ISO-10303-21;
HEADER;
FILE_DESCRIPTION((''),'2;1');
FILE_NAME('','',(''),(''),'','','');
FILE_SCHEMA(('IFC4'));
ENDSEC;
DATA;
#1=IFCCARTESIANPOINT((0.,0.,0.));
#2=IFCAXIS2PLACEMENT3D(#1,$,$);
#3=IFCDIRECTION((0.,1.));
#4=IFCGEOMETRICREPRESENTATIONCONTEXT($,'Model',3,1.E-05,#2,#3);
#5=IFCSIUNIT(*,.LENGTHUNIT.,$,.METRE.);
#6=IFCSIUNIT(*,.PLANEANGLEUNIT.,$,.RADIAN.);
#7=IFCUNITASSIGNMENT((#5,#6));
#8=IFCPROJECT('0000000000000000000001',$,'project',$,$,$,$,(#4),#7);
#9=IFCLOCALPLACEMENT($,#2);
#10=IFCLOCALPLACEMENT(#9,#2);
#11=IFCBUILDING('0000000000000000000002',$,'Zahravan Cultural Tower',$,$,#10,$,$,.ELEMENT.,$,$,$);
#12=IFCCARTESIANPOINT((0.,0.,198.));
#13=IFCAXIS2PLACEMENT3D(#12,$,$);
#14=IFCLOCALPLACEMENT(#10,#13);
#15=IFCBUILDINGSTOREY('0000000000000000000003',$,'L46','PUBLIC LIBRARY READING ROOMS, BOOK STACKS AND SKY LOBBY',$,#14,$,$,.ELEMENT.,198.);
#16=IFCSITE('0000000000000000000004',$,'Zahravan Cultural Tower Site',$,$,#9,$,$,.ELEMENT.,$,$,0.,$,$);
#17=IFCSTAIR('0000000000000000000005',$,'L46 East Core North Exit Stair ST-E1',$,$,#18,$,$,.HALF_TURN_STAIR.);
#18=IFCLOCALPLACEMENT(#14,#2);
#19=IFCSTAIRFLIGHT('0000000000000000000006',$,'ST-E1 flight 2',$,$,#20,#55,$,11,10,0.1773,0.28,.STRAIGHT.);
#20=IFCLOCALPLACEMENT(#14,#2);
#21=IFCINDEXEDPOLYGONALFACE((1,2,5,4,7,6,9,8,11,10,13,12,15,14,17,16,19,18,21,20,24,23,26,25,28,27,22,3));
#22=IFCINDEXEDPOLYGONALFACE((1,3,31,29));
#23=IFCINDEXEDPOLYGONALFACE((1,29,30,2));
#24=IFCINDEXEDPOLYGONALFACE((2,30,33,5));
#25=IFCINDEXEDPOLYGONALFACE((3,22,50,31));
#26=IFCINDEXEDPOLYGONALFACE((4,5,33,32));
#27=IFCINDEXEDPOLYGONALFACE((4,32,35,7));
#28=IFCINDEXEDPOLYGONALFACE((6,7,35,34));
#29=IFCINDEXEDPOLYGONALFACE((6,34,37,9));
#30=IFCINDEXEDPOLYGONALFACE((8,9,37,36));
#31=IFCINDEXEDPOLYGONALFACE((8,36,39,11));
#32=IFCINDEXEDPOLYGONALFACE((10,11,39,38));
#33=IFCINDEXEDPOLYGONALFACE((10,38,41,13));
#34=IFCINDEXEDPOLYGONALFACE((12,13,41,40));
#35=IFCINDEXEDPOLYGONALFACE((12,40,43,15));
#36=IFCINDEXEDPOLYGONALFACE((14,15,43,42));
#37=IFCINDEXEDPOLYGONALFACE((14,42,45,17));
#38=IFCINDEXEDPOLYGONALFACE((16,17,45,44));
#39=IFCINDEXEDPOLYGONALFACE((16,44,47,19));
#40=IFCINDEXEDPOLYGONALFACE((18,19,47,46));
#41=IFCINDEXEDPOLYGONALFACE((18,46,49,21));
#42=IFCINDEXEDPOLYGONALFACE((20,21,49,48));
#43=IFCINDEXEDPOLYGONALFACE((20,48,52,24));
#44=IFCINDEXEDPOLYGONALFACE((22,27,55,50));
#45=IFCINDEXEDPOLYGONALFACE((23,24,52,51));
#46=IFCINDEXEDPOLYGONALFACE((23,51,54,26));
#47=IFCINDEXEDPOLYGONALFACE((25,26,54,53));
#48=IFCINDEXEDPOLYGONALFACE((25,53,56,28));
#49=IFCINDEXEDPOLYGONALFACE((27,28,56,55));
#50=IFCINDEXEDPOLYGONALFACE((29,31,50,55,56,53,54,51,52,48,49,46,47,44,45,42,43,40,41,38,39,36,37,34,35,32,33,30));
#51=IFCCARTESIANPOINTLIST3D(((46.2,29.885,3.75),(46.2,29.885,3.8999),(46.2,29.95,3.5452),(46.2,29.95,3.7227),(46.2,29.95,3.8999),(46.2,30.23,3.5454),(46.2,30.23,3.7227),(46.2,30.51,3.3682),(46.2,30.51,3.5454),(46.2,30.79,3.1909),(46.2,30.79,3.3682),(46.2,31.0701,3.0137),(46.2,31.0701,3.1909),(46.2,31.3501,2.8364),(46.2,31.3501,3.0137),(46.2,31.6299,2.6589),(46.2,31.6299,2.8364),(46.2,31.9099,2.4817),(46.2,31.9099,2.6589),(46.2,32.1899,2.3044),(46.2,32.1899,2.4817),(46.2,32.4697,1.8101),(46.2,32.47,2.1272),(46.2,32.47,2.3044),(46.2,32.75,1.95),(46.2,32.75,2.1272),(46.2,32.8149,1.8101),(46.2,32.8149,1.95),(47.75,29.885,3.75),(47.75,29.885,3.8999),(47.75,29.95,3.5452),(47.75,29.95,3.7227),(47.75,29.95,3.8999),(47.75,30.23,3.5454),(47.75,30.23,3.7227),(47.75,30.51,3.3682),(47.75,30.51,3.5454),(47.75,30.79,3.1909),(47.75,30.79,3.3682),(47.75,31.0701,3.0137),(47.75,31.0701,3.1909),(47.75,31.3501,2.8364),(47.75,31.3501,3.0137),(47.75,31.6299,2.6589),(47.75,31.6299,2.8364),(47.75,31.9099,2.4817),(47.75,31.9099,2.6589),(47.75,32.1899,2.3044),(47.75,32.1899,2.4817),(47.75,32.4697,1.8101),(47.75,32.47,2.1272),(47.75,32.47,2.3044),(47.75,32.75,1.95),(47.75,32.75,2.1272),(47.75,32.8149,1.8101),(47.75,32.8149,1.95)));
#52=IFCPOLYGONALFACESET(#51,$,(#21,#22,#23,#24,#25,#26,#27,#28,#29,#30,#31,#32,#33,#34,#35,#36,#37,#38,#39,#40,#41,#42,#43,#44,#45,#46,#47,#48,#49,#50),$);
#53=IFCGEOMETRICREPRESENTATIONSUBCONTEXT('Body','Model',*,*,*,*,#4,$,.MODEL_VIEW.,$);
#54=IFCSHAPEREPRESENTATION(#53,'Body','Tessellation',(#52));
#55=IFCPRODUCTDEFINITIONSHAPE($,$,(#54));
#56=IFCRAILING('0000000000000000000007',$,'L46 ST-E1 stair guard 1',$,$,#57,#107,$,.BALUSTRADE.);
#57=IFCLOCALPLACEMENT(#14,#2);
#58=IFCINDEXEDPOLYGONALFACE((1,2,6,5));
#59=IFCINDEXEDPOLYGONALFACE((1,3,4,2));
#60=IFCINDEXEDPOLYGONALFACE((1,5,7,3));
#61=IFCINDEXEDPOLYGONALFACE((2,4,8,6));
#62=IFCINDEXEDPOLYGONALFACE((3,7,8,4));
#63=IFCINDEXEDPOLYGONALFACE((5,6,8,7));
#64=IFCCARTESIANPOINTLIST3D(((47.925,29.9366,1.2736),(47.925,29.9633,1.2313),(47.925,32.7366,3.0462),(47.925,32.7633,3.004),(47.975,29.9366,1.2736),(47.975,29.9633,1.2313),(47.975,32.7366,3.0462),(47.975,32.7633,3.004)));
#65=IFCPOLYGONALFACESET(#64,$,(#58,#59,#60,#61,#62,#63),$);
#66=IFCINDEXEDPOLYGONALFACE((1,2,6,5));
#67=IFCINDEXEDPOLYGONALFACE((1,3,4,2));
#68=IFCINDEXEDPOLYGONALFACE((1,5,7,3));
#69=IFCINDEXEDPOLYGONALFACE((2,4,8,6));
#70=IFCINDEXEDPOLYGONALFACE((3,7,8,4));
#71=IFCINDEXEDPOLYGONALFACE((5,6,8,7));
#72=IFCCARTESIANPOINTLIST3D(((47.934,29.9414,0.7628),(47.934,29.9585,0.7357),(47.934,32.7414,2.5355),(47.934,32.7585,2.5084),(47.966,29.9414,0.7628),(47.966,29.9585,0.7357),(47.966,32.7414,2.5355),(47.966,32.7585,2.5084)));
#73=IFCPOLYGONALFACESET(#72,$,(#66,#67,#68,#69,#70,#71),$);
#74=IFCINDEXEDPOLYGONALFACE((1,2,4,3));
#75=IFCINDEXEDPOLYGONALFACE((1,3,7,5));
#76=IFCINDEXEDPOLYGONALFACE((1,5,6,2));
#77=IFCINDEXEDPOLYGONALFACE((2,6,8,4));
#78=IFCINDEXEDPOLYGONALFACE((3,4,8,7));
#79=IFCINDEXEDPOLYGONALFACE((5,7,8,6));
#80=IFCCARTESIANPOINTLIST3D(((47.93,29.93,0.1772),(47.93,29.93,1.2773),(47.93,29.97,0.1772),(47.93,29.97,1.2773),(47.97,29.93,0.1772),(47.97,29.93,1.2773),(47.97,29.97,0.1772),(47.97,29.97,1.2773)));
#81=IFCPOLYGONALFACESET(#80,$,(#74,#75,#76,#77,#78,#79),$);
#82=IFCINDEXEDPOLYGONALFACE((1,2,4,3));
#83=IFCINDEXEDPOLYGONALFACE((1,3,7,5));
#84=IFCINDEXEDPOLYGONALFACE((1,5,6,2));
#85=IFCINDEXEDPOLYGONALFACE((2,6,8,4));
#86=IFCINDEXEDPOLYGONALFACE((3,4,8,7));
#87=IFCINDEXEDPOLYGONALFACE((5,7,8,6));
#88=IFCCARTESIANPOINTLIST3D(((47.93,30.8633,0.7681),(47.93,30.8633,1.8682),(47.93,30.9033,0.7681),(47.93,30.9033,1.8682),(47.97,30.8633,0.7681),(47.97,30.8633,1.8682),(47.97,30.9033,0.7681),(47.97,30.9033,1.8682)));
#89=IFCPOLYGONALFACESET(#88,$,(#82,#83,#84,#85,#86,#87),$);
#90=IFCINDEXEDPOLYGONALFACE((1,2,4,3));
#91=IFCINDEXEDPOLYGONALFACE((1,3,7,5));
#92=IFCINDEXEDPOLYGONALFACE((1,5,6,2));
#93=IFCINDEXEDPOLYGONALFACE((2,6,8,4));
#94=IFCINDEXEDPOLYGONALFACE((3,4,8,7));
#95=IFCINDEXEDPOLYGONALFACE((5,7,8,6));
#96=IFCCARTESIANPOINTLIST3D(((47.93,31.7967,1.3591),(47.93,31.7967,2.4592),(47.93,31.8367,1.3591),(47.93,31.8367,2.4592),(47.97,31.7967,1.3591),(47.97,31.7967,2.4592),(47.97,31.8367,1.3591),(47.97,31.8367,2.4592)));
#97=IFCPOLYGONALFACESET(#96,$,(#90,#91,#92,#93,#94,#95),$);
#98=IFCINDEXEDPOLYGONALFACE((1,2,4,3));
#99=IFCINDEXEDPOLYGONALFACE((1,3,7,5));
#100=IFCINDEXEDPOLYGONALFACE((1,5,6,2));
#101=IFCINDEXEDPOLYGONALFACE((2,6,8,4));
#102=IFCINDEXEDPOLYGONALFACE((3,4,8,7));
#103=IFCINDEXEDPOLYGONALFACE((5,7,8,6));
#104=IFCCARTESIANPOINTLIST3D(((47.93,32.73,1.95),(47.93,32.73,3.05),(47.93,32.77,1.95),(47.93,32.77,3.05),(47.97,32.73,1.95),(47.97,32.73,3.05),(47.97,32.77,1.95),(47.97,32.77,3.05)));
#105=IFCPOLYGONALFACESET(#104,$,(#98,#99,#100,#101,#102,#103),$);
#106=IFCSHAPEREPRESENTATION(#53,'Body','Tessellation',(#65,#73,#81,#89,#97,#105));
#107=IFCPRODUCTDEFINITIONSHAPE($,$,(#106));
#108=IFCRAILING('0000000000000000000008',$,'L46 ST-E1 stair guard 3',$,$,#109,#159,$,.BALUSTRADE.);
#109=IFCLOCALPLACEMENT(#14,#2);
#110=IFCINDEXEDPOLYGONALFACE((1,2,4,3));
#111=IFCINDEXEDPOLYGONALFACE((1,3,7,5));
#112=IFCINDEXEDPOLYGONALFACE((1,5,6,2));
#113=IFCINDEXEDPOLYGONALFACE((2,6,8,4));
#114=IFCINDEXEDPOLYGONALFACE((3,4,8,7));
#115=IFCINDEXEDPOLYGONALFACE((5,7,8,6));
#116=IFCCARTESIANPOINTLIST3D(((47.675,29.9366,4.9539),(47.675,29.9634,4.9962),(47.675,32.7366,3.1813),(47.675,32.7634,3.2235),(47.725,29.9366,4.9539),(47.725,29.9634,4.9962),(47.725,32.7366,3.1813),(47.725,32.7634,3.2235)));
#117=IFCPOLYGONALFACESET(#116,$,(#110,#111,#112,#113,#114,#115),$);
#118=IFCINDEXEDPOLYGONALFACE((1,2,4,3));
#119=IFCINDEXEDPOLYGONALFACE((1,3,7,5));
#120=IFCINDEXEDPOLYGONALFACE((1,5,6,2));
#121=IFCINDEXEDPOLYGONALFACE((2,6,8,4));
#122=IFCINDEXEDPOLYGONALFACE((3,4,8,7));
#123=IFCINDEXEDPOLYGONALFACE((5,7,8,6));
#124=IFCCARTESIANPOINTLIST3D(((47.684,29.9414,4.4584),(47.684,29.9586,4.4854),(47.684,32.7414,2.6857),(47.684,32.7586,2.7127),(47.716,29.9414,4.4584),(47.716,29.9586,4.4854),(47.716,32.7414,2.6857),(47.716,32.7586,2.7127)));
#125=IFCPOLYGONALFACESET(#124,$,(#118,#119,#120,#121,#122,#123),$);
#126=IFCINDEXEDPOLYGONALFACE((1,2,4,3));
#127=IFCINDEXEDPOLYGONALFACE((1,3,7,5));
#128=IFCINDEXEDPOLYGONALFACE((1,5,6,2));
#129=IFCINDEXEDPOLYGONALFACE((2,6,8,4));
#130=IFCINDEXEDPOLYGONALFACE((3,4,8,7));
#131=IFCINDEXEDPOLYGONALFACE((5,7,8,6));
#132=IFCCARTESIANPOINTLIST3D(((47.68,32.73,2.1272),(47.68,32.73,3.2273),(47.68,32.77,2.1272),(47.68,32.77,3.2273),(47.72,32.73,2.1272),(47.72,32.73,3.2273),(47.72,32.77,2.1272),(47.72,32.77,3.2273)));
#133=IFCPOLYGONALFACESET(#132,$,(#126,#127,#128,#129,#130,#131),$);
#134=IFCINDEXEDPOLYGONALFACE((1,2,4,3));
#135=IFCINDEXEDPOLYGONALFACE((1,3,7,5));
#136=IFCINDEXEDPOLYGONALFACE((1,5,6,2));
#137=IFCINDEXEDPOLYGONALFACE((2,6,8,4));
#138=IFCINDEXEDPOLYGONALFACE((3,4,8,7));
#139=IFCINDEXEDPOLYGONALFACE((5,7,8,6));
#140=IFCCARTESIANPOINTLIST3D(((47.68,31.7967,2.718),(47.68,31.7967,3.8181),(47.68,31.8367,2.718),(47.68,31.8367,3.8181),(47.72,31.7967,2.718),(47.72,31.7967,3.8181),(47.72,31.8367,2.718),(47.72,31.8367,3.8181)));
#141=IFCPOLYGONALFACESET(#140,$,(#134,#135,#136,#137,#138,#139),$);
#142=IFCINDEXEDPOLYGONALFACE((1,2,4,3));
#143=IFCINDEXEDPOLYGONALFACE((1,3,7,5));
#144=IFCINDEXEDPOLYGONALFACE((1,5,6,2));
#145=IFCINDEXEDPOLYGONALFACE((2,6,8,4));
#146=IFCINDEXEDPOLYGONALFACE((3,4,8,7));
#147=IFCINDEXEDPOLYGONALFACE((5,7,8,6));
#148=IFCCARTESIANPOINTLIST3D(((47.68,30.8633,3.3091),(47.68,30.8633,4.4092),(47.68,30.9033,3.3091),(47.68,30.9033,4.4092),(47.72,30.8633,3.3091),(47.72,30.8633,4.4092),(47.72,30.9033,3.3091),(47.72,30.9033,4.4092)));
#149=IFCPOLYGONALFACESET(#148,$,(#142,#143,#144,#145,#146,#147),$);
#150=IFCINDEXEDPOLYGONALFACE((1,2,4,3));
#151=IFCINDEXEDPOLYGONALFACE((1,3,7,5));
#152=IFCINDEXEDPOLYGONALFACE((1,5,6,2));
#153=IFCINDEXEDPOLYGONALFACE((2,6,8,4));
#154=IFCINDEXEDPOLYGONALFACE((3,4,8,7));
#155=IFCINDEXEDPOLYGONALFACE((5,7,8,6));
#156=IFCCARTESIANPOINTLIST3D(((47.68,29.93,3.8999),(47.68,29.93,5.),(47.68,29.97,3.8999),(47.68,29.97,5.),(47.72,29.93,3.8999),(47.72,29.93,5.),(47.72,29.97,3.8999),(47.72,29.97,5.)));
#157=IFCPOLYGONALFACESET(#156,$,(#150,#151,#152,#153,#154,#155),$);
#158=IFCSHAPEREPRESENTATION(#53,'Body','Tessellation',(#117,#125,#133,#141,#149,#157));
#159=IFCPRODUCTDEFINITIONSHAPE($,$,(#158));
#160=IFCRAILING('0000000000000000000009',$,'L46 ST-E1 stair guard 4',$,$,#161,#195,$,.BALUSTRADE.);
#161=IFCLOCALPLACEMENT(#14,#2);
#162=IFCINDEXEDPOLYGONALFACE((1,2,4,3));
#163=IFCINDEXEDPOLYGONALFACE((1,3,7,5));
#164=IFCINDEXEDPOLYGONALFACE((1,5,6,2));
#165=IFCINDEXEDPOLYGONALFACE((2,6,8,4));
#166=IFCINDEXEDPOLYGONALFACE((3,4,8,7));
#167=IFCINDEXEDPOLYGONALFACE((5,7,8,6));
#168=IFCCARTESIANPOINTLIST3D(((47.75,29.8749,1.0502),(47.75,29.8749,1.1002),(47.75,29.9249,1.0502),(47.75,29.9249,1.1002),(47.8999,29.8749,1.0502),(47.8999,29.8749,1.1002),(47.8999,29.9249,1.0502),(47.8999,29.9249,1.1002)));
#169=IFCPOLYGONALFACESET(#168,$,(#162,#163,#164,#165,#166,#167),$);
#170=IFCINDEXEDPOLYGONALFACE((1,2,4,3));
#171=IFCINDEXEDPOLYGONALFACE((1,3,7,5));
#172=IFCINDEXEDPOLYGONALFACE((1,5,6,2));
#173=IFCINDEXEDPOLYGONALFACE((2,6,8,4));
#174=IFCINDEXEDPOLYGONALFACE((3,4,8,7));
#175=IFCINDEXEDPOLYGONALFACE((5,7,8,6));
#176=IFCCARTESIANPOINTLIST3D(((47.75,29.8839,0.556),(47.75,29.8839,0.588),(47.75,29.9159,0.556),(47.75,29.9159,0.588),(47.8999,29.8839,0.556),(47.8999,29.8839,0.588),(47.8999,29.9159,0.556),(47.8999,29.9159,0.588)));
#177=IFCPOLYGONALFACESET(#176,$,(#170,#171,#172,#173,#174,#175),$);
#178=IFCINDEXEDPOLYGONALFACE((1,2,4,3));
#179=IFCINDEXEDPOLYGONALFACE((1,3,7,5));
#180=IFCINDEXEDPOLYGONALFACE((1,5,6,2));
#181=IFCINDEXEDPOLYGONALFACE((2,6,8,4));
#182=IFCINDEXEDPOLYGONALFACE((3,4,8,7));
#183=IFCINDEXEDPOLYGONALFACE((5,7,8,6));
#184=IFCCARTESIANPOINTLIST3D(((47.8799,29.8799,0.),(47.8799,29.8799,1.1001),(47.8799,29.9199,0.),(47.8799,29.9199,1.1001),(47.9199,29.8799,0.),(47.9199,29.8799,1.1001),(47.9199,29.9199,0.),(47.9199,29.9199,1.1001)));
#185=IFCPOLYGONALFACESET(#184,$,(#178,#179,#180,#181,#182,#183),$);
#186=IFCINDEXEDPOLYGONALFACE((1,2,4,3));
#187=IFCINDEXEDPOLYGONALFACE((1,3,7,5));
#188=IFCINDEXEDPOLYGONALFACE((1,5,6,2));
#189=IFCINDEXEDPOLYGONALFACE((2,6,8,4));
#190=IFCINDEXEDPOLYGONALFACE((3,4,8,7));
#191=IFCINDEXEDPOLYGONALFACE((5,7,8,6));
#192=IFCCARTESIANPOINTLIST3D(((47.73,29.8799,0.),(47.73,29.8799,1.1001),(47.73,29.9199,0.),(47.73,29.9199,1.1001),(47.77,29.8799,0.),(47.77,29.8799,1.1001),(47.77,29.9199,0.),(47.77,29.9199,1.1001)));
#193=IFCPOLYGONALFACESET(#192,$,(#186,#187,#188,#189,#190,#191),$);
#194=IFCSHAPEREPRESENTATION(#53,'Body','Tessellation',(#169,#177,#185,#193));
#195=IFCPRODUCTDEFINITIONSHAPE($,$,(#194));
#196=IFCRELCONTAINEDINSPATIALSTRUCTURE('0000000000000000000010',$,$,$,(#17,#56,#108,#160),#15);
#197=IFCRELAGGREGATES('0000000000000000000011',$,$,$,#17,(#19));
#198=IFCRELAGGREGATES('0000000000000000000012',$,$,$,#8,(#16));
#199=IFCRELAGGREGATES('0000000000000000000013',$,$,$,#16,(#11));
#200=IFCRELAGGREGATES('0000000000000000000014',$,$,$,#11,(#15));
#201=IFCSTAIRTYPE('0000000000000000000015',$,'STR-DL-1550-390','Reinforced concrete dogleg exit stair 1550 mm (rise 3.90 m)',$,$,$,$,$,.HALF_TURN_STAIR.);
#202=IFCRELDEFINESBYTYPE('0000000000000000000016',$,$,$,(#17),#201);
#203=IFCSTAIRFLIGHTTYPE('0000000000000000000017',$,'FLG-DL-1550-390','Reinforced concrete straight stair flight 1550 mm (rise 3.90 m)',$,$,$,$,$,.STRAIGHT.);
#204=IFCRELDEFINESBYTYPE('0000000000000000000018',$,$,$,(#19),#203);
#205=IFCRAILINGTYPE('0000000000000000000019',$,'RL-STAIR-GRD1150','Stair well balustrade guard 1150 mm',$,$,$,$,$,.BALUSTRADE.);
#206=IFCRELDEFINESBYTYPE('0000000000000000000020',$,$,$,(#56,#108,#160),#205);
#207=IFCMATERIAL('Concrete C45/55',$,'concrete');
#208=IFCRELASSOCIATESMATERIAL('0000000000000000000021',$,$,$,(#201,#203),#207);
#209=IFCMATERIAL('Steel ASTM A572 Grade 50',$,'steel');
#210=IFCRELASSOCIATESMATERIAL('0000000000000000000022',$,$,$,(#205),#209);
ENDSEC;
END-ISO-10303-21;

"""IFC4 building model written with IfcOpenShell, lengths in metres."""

from ifc_helpers import new_model, si_unit, direction, frame, origin, origin_2d, place, context, subcontext, project, spatial, polyline, rectangle, outline, extrude, material, type_object, element, aggregate, save


model = new_model("IFC4")

# Units and contexts
model_context = context("Model", 3, precision=1e-05, world=origin(), true_north=direction((0.0, 1.0)))
body_context = subcontext(model_context, "Body", "Model", "MODEL_VIEW")
ifc_project = project(units=[si_unit("LENGTHUNIT", "METRE"), si_unit("PLANEANGLEUNIT", "RADIAN")], contexts=[model_context])

# Site, building, storey
site_placement = place(None, origin())
site = spatial("IfcSite", under=ifc_project, at=site_placement, Name="Zahravan Cultural Tower Site", CompositionType="ELEMENT", RefElevation=0.0)
building_placement = place(site_placement, origin())
building = spatial("IfcBuilding", under=site, at=building_placement, Name="Zahravan Cultural Tower", CompositionType="ELEMENT")
storey_placement = place(building_placement, frame((0.0, 0.0, 198.0)))
storey = spatial("IfcBuildingStorey", under=building, at=storey_placement, Name="L46", Description="PUBLIC LIBRARY READING ROOMS, BOOK STACKS AND SKY LOBBY", CompositionType="ELEMENT", Elevation=198.0)

# Shared definitions
ifc_material_1 = material(Name="Steel ASTM A572 Grade 50", Category="steel")
ifc_material_2 = material(Name="Concrete C45/55", Category="concrete")

# Stair, stair flight
stair_type = type_object("IfcStairType", Name="STR-DL-1550-390", Description="Reinforced concrete dogleg exit stair 1550 mm (rise 3.90 m)", PredefinedType="HALF_TURN_STAIR", material=ifc_material_2)
stair_placement = place(storey_placement, origin())
stair = element("IfcStair", 1, at=stair_placement, inside=storey, type_object=stair_type, Name="L46 East Core North Exit Stair ST-E1", PredefinedType="HALF_TURN_STAIR")
stair_flight_type = type_object("IfcStairFlightType", Name="FLG-DL-1550-390", Description="Reinforced concrete straight stair flight 1550 mm (rise 3.90 m)", PredefinedType="STRAIGHT", material=ifc_material_2)
stair_flight_1_placement = place(storey_placement, frame((46.9751, 32.75, 1.95), z_axis=(0.0, 0.0, 1.0), x_axis=(0.0, -1.0, 0.0)))
stair_flight_1 = element("IfcStairFlight", 2, at=stair_flight_1_placement, type_object=stair_flight_type, Name="ST-E1 flight 2", NumberOfRisers=11, NumberOfTreads=10, PredefinedType="STRAIGHT", RiserHeight=0.1773, TreadLength=0.28, context=body_context, shape_type="SweptSolid", body=[
    extrude(outline(polyline([(-0.0649, -0.1399), (-0.0649, 0.0), (0.0, 0.0), (0.0, 0.1772), (0.28, 0.1772), (0.28, 0.3545), (0.5601, 0.3545), (0.5601, 0.5317), (0.8401, 0.5317), (0.8401, 0.709), (1.1201, 0.709), (1.1201, 0.8865), (1.3999, 0.8865), (1.3999, 1.0637), (1.6799, 1.0637), (1.6799, 1.241), (1.96, 1.241), (1.96, 1.4182), (2.24, 1.4182), (2.24, 1.5955), (2.52, 1.5955), (2.52, 1.7727), (2.8, 1.7727), (2.8, 1.95), (2.865, 1.95), (2.865, 1.8), (2.8, 1.5952), (0.2803, -0.1399), (-0.0649, -0.1399)])), frame((0.0, 0.7749, 0.0), z_axis=(0.0, -1.0, 0.0), x_axis=(1.0, 0.0, 0.0)), (0.0, 0.0, 1.0), 1.55),
])
aggregate(stair, [stair_flight_1])

# Railings
railing_type_1 = type_object("IfcRailingType", Name="RL-STAIR-GRD1150", Description="Stair well balustrade guard 1150 mm", PredefinedType="BALUSTRADE", material=ifc_material_1)
railing_1_placement = place(storey_placement, frame((47.95, 29.95, 0.1772)))
element("IfcRailing", 3, at=railing_1_placement, inside=storey, type_object=railing_type_1, Name="L46 ST-E1 stair guard 1", PredefinedType="BALUSTRADE", context=body_context, shape_type="SweptSolid", body=[
    extrude(rectangle(XDim=0.05, YDim=0.05, at=origin_2d()), frame((0.0, 0.0, 1.0752), z_axis=(0.0, 0.844909, 0.53491), x_axis=(-1.0, 0.0, 0.0)), (0.0, 0.0, 1.0), 3.314),
    extrude(rectangle(XDim=0.032, YDim=0.032, at=origin_2d()), frame((0.0, 0.0, 0.572), z_axis=(0.0, 0.844909, 0.53491), x_axis=(-1.0, 0.0, 0.0)), (0.0, 0.0, 1.0), 3.314),
    extrude(rectangle(XDim=0.04, YDim=0.04, at=origin_2d()), origin(), (0.0, 0.0, 1.0), 1.1001),
    extrude(rectangle(XDim=0.04, YDim=0.04, at=origin_2d()), frame((0.0, 0.9333, 0.5908)), (0.0, 0.0, 1.0), 1.1001),
    extrude(rectangle(XDim=0.04, YDim=0.04, at=origin_2d()), frame((0.0, 1.8667, 1.1819)), (0.0, 0.0, 1.0), 1.1001),
    extrude(rectangle(XDim=0.04, YDim=0.04, at=origin_2d()), frame((0.0, 2.8, 1.7727)), (0.0, 0.0, 1.0), 1.1001),
])
railing_2_placement = place(storey_placement, frame((47.7, 32.75, 2.1272)))
element("IfcRailing", 4, at=railing_2_placement, inside=storey, type_object=railing_type_1, Name="L46 ST-E1 stair guard 3", PredefinedType="BALUSTRADE", context=body_context, shape_type="SweptSolid", body=[
    extrude(rectangle(XDim=0.05, YDim=0.05, at=origin_2d()), frame((0.0, 0.0, 1.0752), z_axis=(0.0, -0.844909, 0.53491), x_axis=(1.0, 0.0, 0.0)), (0.0, 0.0, 1.0), 3.314),
    extrude(rectangle(XDim=0.032, YDim=0.032, at=origin_2d()), frame((0.0, 0.0, 0.572), z_axis=(0.0, -0.844909, 0.53491), x_axis=(1.0, 0.0, 0.0)), (0.0, 0.0, 1.0), 3.314),
    extrude(rectangle(XDim=0.04, YDim=0.04, at=origin_2d()), origin(), (0.0, 0.0, 1.0), 1.1001),
    extrude(rectangle(XDim=0.04, YDim=0.04, at=origin_2d()), frame((0.0, -0.9333, 0.5908)), (0.0, 0.0, 1.0), 1.1001),
    extrude(rectangle(XDim=0.04, YDim=0.04, at=origin_2d()), frame((0.0, -1.8667, 1.1819)), (0.0, 0.0, 1.0), 1.1001),
    extrude(rectangle(XDim=0.04, YDim=0.04, at=origin_2d()), frame((0.0, -2.8, 1.7727)), (0.0, 0.0, 1.0), 1.1001),
])
railing_3_placement = place(storey_placement, frame((47.8999, 29.8999, 0.0)))
element("IfcRailing", 5, at=railing_3_placement, inside=storey, type_object=railing_type_1, Name="L46 ST-E1 stair guard 4", PredefinedType="BALUSTRADE", context=body_context, shape_type="SweptSolid", body=[
    extrude(rectangle(XDim=0.05, YDim=0.05, at=origin_2d()), frame((0.0, 0.0, 1.0752), z_axis=(-1.0, 0.0, 0.0), x_axis=(0.0, -1.0, 0.0)), (0.0, 0.0, 1.0), 0.1499),
    extrude(rectangle(XDim=0.032, YDim=0.032, at=origin_2d()), frame((0.0, 0.0, 0.572), z_axis=(-1.0, 0.0, 0.0), x_axis=(0.0, -1.0, 0.0)), (0.0, 0.0, 1.0), 0.1499),
    extrude(rectangle(XDim=0.04, YDim=0.04, at=origin_2d()), origin(), (0.0, 0.0, 1.0), 1.1001),
    extrude(rectangle(XDim=0.04, YDim=0.04, at=origin_2d()), frame((-0.1499, 0.0, 0.0)), (0.0, 0.0, 1.0), 1.1001),
])

save(model, "model.ifc")
